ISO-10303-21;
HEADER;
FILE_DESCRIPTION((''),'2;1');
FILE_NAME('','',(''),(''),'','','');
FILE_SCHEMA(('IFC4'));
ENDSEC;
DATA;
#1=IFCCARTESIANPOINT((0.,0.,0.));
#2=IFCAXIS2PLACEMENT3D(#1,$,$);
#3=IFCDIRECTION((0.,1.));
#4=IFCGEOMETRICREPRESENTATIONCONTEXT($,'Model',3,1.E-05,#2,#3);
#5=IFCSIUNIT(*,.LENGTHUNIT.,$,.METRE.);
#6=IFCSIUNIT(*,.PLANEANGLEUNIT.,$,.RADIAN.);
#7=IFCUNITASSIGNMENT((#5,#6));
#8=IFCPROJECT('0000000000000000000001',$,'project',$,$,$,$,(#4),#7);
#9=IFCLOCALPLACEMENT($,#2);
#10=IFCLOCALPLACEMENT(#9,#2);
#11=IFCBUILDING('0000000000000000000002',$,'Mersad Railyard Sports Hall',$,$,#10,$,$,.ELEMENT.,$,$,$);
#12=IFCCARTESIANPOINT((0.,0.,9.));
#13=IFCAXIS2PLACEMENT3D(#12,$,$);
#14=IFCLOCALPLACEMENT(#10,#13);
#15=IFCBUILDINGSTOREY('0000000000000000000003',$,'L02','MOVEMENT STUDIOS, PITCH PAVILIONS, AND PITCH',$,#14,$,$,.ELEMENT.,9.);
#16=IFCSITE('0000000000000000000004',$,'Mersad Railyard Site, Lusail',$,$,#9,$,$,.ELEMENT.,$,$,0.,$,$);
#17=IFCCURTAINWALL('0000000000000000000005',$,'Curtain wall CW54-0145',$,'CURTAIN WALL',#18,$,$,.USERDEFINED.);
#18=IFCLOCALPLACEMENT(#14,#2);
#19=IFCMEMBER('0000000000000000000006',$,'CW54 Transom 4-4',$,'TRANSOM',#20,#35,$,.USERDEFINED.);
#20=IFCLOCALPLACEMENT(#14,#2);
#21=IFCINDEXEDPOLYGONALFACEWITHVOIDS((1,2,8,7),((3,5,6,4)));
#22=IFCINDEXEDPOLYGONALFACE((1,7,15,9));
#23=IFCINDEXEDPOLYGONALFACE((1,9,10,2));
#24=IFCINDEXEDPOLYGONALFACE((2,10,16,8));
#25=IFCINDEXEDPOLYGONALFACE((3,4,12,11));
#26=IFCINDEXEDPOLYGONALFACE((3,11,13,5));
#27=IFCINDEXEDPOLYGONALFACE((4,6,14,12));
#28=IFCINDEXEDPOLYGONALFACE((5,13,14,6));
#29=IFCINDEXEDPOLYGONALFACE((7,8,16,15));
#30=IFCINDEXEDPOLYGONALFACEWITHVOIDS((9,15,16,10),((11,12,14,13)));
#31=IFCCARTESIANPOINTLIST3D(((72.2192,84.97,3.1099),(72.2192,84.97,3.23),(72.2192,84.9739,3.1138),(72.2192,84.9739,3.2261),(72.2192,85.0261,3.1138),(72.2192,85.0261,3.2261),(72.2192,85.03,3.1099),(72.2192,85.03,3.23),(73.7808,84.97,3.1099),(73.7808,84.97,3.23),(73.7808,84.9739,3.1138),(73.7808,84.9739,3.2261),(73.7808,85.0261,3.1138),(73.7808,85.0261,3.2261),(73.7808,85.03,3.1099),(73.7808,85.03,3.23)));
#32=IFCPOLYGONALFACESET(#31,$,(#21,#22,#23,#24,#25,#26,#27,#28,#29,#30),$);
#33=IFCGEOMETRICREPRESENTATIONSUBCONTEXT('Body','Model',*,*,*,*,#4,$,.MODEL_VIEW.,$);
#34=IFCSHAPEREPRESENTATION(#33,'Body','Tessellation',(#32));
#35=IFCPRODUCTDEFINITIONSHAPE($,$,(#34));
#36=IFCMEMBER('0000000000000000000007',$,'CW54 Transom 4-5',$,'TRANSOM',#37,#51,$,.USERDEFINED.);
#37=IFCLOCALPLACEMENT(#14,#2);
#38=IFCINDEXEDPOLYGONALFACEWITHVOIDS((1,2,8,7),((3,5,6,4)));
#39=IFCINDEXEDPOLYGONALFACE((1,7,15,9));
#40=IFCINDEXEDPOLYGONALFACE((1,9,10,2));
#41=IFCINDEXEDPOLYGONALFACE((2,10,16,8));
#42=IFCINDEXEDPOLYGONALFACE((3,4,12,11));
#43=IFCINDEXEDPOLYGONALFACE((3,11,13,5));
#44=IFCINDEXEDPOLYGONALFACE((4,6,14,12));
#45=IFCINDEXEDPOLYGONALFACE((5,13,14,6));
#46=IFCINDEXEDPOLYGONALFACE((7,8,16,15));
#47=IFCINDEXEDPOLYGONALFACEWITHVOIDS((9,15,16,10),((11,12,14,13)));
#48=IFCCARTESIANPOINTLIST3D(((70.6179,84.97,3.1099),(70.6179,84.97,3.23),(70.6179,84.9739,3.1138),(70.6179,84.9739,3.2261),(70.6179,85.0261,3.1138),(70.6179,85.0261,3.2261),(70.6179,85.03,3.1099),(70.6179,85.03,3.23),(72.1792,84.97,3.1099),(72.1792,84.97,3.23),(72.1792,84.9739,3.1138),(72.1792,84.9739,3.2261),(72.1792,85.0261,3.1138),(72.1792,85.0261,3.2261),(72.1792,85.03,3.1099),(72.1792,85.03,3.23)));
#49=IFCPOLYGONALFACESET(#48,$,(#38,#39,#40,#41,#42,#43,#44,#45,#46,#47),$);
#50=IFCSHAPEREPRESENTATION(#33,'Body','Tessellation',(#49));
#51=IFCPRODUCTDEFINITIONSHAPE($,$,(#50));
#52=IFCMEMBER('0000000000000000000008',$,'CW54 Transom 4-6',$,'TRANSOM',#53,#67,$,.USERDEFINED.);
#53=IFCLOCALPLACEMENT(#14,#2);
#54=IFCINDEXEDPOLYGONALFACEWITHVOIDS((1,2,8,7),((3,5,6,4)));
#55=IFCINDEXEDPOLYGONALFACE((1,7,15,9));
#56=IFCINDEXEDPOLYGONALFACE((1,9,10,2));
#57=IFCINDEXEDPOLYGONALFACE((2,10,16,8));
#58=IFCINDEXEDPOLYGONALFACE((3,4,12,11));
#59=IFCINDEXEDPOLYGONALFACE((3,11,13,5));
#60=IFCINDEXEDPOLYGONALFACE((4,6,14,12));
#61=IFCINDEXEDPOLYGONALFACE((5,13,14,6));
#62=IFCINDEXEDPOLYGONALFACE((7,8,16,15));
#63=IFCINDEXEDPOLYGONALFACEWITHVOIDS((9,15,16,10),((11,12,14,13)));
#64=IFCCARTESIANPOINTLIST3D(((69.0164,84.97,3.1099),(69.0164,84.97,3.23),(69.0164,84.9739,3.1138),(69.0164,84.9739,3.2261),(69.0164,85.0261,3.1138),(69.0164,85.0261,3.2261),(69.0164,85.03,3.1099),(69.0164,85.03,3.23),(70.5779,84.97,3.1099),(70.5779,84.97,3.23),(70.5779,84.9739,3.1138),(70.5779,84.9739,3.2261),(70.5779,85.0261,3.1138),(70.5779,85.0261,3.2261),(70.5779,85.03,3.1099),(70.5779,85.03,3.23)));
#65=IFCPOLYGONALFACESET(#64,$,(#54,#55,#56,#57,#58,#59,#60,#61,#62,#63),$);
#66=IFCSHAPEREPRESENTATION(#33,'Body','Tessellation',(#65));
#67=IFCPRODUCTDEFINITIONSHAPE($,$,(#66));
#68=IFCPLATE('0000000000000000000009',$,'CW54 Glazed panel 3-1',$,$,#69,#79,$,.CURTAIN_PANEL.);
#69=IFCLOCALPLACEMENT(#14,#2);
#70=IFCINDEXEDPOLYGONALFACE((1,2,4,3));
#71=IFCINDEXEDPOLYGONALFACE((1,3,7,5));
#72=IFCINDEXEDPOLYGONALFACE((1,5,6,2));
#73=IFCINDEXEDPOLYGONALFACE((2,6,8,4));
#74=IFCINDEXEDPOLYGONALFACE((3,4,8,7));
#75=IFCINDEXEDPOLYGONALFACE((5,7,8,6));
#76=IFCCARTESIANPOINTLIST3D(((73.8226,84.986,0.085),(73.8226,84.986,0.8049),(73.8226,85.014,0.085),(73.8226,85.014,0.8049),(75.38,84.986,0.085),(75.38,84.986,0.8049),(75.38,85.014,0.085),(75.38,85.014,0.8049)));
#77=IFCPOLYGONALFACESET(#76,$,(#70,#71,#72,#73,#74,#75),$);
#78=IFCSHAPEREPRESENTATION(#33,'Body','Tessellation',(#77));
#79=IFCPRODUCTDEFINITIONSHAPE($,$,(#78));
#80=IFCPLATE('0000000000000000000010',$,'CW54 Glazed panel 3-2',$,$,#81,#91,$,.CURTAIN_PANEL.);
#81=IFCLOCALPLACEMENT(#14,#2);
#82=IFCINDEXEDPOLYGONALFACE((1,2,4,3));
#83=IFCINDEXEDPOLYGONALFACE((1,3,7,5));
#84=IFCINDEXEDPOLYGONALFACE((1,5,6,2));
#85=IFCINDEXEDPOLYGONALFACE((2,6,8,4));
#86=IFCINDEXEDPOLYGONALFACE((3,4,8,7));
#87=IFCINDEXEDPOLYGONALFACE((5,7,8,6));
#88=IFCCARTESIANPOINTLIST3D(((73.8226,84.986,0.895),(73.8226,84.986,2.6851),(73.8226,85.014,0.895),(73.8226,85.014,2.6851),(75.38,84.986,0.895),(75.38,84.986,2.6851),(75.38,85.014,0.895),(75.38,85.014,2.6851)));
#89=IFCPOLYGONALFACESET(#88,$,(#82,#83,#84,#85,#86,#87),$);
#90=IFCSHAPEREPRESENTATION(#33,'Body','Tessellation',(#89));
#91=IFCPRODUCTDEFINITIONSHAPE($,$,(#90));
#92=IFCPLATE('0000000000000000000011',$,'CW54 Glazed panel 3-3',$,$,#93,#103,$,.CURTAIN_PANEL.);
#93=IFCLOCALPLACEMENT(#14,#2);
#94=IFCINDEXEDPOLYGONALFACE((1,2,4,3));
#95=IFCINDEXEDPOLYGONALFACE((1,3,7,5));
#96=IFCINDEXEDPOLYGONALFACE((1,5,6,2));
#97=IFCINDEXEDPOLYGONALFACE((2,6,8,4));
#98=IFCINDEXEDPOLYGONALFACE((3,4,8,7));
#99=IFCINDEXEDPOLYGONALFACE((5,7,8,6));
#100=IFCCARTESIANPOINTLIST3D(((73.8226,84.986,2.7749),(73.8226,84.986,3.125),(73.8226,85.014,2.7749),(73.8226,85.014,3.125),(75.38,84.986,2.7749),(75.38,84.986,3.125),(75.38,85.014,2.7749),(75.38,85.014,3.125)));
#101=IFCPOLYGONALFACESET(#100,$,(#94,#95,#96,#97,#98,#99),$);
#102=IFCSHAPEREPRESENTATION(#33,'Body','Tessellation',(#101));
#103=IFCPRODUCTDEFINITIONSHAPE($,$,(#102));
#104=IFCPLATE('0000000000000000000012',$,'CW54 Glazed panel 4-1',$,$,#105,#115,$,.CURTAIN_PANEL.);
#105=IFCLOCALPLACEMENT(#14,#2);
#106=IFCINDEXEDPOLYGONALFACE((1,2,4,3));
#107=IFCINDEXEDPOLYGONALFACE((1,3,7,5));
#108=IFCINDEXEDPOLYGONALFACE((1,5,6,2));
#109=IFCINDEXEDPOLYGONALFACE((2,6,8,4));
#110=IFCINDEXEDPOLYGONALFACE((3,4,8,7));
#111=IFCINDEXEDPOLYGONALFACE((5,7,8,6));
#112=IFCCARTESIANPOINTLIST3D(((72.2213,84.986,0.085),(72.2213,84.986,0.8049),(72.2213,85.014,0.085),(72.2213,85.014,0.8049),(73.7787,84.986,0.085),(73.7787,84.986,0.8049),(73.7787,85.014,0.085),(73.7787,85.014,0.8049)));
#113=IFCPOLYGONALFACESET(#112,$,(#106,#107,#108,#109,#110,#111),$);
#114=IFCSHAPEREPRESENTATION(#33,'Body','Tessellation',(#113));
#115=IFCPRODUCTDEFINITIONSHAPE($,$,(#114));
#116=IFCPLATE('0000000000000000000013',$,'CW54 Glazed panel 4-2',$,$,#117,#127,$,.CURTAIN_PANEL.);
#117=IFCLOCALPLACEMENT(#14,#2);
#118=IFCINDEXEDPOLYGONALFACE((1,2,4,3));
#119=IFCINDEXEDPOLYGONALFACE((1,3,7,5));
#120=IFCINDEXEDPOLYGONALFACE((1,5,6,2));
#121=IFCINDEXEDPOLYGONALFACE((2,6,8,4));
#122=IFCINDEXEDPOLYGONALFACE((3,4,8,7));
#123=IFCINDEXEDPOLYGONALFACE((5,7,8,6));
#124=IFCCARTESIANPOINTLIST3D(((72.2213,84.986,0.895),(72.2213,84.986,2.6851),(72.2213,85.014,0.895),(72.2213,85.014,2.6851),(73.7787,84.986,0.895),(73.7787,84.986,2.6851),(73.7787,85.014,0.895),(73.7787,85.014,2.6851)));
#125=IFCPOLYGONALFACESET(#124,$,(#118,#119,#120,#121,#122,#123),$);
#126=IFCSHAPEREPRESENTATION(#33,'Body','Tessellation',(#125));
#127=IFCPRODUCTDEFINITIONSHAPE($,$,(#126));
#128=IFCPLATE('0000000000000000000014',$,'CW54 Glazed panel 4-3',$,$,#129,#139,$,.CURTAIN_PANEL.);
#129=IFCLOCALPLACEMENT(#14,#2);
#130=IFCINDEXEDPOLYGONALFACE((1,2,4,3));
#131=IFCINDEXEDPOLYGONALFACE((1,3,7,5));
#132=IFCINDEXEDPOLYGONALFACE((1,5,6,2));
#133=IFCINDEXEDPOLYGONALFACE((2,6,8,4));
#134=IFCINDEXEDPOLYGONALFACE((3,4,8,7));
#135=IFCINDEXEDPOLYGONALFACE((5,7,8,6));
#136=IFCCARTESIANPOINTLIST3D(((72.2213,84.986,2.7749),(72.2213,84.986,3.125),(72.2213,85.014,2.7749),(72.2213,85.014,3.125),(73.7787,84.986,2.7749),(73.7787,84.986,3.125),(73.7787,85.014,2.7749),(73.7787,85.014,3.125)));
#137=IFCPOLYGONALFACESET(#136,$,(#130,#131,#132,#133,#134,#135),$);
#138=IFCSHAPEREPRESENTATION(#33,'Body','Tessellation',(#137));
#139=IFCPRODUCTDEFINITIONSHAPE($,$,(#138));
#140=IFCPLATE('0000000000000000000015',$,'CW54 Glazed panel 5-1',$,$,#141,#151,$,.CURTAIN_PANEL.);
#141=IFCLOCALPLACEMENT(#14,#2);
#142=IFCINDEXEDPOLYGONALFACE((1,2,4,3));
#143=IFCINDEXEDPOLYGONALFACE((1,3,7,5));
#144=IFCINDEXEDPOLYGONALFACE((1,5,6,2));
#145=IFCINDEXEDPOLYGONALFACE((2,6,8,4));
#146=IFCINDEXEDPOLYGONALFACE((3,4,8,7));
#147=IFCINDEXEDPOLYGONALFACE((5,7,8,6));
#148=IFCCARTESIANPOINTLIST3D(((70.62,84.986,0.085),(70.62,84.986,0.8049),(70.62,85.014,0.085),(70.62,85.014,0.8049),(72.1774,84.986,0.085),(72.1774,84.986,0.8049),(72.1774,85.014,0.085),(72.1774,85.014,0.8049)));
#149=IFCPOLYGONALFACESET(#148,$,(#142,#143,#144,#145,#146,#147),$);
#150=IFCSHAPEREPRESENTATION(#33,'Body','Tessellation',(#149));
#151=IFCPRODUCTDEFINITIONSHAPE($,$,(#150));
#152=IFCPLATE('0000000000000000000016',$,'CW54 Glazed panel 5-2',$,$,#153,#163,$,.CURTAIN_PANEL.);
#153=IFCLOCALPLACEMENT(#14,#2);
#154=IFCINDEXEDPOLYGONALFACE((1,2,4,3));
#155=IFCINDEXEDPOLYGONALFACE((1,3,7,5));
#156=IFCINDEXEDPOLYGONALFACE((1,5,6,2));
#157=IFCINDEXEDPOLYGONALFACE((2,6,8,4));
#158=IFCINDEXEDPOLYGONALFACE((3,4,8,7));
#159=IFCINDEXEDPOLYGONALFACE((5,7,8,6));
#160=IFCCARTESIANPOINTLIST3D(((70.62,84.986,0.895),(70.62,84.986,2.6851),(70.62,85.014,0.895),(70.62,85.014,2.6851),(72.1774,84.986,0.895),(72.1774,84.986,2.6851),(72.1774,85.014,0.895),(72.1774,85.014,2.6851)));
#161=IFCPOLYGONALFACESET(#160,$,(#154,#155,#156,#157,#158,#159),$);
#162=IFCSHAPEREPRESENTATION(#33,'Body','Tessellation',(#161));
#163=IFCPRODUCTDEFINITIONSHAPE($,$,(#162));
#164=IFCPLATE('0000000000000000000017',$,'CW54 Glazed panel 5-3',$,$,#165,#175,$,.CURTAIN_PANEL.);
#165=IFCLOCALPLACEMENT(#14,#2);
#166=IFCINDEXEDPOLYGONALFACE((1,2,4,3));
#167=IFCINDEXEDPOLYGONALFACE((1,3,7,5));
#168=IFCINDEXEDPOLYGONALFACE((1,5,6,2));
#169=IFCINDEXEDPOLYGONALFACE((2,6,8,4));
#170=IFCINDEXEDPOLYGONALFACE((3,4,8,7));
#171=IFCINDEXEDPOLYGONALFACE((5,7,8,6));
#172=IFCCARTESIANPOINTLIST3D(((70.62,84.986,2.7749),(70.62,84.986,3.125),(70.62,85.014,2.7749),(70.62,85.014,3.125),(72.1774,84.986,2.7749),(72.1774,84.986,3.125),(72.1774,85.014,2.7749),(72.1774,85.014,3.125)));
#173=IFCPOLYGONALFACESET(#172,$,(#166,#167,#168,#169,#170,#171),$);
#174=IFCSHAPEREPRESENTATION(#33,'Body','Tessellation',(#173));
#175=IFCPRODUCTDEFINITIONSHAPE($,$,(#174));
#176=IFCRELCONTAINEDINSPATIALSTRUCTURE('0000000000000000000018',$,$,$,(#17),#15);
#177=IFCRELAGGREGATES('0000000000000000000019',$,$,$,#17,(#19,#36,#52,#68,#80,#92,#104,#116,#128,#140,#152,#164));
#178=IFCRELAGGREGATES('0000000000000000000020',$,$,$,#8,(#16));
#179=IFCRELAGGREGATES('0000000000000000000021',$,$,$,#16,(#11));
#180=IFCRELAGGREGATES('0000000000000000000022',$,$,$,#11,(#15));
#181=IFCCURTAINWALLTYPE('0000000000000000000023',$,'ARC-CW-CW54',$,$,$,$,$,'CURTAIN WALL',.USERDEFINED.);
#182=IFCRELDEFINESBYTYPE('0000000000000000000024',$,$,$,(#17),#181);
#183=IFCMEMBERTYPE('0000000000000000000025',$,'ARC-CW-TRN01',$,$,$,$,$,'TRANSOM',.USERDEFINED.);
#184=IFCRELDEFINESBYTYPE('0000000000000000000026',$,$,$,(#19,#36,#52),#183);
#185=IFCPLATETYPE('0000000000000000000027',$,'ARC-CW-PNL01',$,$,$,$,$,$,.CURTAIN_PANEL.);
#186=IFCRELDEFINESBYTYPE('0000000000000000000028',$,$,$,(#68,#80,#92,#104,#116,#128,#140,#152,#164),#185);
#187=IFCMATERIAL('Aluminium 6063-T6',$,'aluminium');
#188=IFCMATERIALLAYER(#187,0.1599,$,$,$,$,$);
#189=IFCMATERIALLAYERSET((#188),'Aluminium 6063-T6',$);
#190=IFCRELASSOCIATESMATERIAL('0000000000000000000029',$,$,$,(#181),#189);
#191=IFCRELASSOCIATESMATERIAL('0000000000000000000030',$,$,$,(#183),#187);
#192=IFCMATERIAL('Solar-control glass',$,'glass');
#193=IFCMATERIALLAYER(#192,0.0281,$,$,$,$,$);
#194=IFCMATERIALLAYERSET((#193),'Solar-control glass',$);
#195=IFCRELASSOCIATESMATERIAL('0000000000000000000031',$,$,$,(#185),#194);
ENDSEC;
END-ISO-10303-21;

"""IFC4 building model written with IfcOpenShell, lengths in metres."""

from ifc_helpers import new_model, si_unit, direction, frame, origin, origin_2d, place, context, subcontext, project, spatial, rectangle, hollow_rectangle, extrude, material, layer, layer_set, material_profile, profile_set, type_object, element, aggregate, save


model = new_model("IFC4")

# Units and contexts
model_context = context("Model", 3, precision=1e-05, world=origin(), true_north=direction((0.0, 1.0)))
body_context = subcontext(model_context, "Body", "Model", "MODEL_VIEW")
ifc_project = project(units=[si_unit("LENGTHUNIT", "METRE"), si_unit("PLANEANGLEUNIT", "RADIAN")], contexts=[model_context])

# Site, building, storey
site_placement = place(None, origin())
site = spatial("IfcSite", under=ifc_project, at=site_placement, Name="Mersad Railyard Site, Lusail", CompositionType="ELEMENT", RefElevation=0.0)
building_placement = place(site_placement, origin())
building = spatial("IfcBuilding", under=site, at=building_placement, Name="Mersad Railyard Sports Hall", CompositionType="ELEMENT")
storey_placement = place(building_placement, frame((0.0, 0.0, 9.0)))
storey = spatial("IfcBuildingStorey", under=building, at=storey_placement, Name="L02", Description="MOVEMENT STUDIOS, PITCH PAVILIONS, AND PITCH", CompositionType="ELEMENT", Elevation=9.0)

# Curtain wall, members, plates
ifc_material_1 = material(Name="Aluminium 6063-T6", Category="aluminium")
ifc_layer_1 = layer(ifc_material_1, 0.1599)
ifc_layer_set_1 = layer_set([ifc_layer_1], Name="Aluminium 6063-T6")
curtain_wall_type = type_object("IfcCurtainWallType", Name="ARC-CW-CW54", ElementType="CURTAIN WALL", PredefinedType="USERDEFINED", material=ifc_layer_set_1)
curtain_wall_placement = place(storey_placement, origin())
curtain_wall = element("IfcCurtainWall", 1, at=curtain_wall_placement, inside=storey, type_object=curtain_wall_type, Name="Curtain wall CW54-0145", ObjectType="CURTAIN WALL", PredefinedType="USERDEFINED")
ifc_material_profile_1 = material_profile(ifc_material_1, hollow_rectangle(XDim=0.0601, YDim=0.1201, WallThickness=0.0039, at=origin_2d()), Name="AL TRANSOM 60x120x4")
ifc_profile_set_1 = profile_set([ifc_material_profile_1], Name="Aluminium 6063-T6")
member_type_1 = type_object("IfcMemberType", Name="ARC-CW-TRN01", ElementType="TRANSOM", PredefinedType="USERDEFINED", material=ifc_profile_set_1)
member_1_placement = place(storey_placement, frame((73.7808, 85.0, 3.1699), z_axis=(-1.0, 0.0, 0.0), x_axis=(0.0, -1.0, 0.0)))
member_1 = element("IfcMember", 2, at=member_1_placement, type_object=member_type_1, Name="CW54 Transom 4-4", ObjectType="TRANSOM", PredefinedType="USERDEFINED", context=body_context, shape_type="SweptSolid", body=[
    extrude(hollow_rectangle(XDim=0.0601, YDim=0.1201, WallThickness=0.0039, at=origin_2d()), origin(), (0.0, 0.0, 1.0), 1.5615),
])
member_2_placement = place(storey_placement, frame((72.1792, 85.0, 3.1699), z_axis=(-1.0, 0.0, 0.0), x_axis=(0.0, -1.0, 0.0)))
member_2 = element("IfcMember", 3, at=member_2_placement, type_object=member_type_1, Name="CW54 Transom 4-5", ObjectType="TRANSOM", PredefinedType="USERDEFINED", context=body_context, shape_type="SweptSolid", body=[
    extrude(hollow_rectangle(XDim=0.0601, YDim=0.1201, WallThickness=0.0039, at=origin_2d()), origin(), (0.0, 0.0, 1.0), 1.5613),
])
member_3_placement = place(storey_placement, frame((70.5779, 85.0, 3.1699), z_axis=(-1.0, 0.0, 0.0), x_axis=(0.0, -1.0, 0.0)))
member_3 = element("IfcMember", 4, at=member_3_placement, type_object=member_type_1, Name="CW54 Transom 4-6", ObjectType="TRANSOM", PredefinedType="USERDEFINED", context=body_context, shape_type="SweptSolid", body=[
    extrude(hollow_rectangle(XDim=0.0601, YDim=0.1201, WallThickness=0.0039, at=origin_2d()), origin(), (0.0, 0.0, 1.0), 1.5615),
])
ifc_material_2 = material(Name="Solar-control glass", Category="glass")
ifc_layer_2 = layer(ifc_material_2, 0.0281)
ifc_layer_set_2 = layer_set([ifc_layer_2], Name="Solar-control glass")
plate_type = type_object("IfcPlateType", Name="ARC-CW-PNL01", PredefinedType="CURTAIN_PANEL", material=ifc_layer_set_2)
plate_1_placement = place(storey_placement, frame((74.6013, 85.0, 0.085), z_axis=(0.0, 0.0, 1.0), x_axis=(-1.0, 0.0, 0.0)))
plate_1 = element("IfcPlate", 5, at=plate_1_placement, type_object=plate_type, Name="CW54 Glazed panel 3-1", PredefinedType="CURTAIN_PANEL", context=body_context, shape_type="SweptSolid", body=[
    extrude(rectangle(XDim=1.5574, YDim=0.0281, at=origin_2d()), origin(), (0.0, 0.0, 1.0), 0.72),
])
plate_2_placement = place(storey_placement, frame((74.6013, 85.0, 0.895), z_axis=(0.0, 0.0, 1.0), x_axis=(-1.0, 0.0, 0.0)))
plate_2 = element("IfcPlate", 6, at=plate_2_placement, type_object=plate_type, Name="CW54 Glazed panel 3-2", PredefinedType="CURTAIN_PANEL", context=body_context, shape_type="SweptSolid", body=[
    extrude(rectangle(XDim=1.5574, YDim=0.0281, at=origin_2d()), origin(), (0.0, 0.0, 1.0), 1.79),
])
plate_3_placement = place(storey_placement, frame((74.6013, 85.0, 2.7749), z_axis=(0.0, 0.0, 1.0), x_axis=(-1.0, 0.0, 0.0)))
plate_3 = element("IfcPlate", 7, at=plate_3_placement, type_object=plate_type, Name="CW54 Glazed panel 3-3", PredefinedType="CURTAIN_PANEL", context=body_context, shape_type="SweptSolid", body=[
    extrude(rectangle(XDim=1.5574, YDim=0.0281, at=origin_2d()), origin(), (0.0, 0.0, 1.0), 0.3501),
])
plate_4_placement = place(storey_placement, frame((73.0, 85.0, 0.085), z_axis=(0.0, 0.0, 1.0), x_axis=(-1.0, 0.0, 0.0)))
plate_4 = element("IfcPlate", 8, at=plate_4_placement, type_object=plate_type, Name="CW54 Glazed panel 4-1", PredefinedType="CURTAIN_PANEL", context=body_context, shape_type="SweptSolid", body=[
    extrude(rectangle(XDim=1.5574, YDim=0.0281, at=origin_2d()), origin(), (0.0, 0.0, 1.0), 0.72),
])
plate_5_placement = place(storey_placement, frame((73.0, 85.0, 0.895), z_axis=(0.0, 0.0, 1.0), x_axis=(-1.0, 0.0, 0.0)))
plate_5 = element("IfcPlate", 9, at=plate_5_placement, type_object=plate_type, Name="CW54 Glazed panel 4-2", PredefinedType="CURTAIN_PANEL", context=body_context, shape_type="SweptSolid", body=[
    extrude(rectangle(XDim=1.5574, YDim=0.0281, at=origin_2d()), origin(), (0.0, 0.0, 1.0), 1.79),
])
plate_6_placement = place(storey_placement, frame((73.0, 85.0, 2.7749), z_axis=(0.0, 0.0, 1.0), x_axis=(-1.0, 0.0, 0.0)))
plate_6 = element("IfcPlate", 10, at=plate_6_placement, type_object=plate_type, Name="CW54 Glazed panel 4-3", PredefinedType="CURTAIN_PANEL", context=body_context, shape_type="SweptSolid", body=[
    extrude(rectangle(XDim=1.5574, YDim=0.0281, at=origin_2d()), origin(), (0.0, 0.0, 1.0), 0.3501),
])
plate_7_placement = place(storey_placement, frame((71.3987, 85.0, 0.085), z_axis=(0.0, 0.0, 1.0), x_axis=(-1.0, 0.0, 0.0)))
plate_7 = element("IfcPlate", 11, at=plate_7_placement, type_object=plate_type, Name="CW54 Glazed panel 5-1", PredefinedType="CURTAIN_PANEL", context=body_context, shape_type="SweptSolid", body=[
    extrude(rectangle(XDim=1.5574, YDim=0.0281, at=origin_2d()), origin(), (0.0, 0.0, 1.0), 0.72),
])
plate_8_placement = place(storey_placement, frame((71.3987, 85.0, 0.895), z_axis=(0.0, 0.0, 1.0), x_axis=(-1.0, 0.0, 0.0)))
plate_8 = element("IfcPlate", 12, at=plate_8_placement, type_object=plate_type, Name="CW54 Glazed panel 5-2", PredefinedType="CURTAIN_PANEL", context=body_context, shape_type="SweptSolid", body=[
    extrude(rectangle(XDim=1.5574, YDim=0.0281, at=origin_2d()), origin(), (0.0, 0.0, 1.0), 1.79),
])
plate_9_placement = place(storey_placement, frame((71.3987, 85.0, 2.7749), z_axis=(0.0, 0.0, 1.0), x_axis=(-1.0, 0.0, 0.0)))
plate_9 = element("IfcPlate", 13, at=plate_9_placement, type_object=plate_type, Name="CW54 Glazed panel 5-3", PredefinedType="CURTAIN_PANEL", context=body_context, shape_type="SweptSolid", body=[
    extrude(rectangle(XDim=1.5574, YDim=0.0281, at=origin_2d()), origin(), (0.0, 0.0, 1.0), 0.3501),
])
aggregate(curtain_wall, [member_1, member_2, member_3, plate_1, plate_2, plate_3, plate_4, plate_5, plate_6, plate_7, plate_8, plate_9])

save(model, "model.ifc")
